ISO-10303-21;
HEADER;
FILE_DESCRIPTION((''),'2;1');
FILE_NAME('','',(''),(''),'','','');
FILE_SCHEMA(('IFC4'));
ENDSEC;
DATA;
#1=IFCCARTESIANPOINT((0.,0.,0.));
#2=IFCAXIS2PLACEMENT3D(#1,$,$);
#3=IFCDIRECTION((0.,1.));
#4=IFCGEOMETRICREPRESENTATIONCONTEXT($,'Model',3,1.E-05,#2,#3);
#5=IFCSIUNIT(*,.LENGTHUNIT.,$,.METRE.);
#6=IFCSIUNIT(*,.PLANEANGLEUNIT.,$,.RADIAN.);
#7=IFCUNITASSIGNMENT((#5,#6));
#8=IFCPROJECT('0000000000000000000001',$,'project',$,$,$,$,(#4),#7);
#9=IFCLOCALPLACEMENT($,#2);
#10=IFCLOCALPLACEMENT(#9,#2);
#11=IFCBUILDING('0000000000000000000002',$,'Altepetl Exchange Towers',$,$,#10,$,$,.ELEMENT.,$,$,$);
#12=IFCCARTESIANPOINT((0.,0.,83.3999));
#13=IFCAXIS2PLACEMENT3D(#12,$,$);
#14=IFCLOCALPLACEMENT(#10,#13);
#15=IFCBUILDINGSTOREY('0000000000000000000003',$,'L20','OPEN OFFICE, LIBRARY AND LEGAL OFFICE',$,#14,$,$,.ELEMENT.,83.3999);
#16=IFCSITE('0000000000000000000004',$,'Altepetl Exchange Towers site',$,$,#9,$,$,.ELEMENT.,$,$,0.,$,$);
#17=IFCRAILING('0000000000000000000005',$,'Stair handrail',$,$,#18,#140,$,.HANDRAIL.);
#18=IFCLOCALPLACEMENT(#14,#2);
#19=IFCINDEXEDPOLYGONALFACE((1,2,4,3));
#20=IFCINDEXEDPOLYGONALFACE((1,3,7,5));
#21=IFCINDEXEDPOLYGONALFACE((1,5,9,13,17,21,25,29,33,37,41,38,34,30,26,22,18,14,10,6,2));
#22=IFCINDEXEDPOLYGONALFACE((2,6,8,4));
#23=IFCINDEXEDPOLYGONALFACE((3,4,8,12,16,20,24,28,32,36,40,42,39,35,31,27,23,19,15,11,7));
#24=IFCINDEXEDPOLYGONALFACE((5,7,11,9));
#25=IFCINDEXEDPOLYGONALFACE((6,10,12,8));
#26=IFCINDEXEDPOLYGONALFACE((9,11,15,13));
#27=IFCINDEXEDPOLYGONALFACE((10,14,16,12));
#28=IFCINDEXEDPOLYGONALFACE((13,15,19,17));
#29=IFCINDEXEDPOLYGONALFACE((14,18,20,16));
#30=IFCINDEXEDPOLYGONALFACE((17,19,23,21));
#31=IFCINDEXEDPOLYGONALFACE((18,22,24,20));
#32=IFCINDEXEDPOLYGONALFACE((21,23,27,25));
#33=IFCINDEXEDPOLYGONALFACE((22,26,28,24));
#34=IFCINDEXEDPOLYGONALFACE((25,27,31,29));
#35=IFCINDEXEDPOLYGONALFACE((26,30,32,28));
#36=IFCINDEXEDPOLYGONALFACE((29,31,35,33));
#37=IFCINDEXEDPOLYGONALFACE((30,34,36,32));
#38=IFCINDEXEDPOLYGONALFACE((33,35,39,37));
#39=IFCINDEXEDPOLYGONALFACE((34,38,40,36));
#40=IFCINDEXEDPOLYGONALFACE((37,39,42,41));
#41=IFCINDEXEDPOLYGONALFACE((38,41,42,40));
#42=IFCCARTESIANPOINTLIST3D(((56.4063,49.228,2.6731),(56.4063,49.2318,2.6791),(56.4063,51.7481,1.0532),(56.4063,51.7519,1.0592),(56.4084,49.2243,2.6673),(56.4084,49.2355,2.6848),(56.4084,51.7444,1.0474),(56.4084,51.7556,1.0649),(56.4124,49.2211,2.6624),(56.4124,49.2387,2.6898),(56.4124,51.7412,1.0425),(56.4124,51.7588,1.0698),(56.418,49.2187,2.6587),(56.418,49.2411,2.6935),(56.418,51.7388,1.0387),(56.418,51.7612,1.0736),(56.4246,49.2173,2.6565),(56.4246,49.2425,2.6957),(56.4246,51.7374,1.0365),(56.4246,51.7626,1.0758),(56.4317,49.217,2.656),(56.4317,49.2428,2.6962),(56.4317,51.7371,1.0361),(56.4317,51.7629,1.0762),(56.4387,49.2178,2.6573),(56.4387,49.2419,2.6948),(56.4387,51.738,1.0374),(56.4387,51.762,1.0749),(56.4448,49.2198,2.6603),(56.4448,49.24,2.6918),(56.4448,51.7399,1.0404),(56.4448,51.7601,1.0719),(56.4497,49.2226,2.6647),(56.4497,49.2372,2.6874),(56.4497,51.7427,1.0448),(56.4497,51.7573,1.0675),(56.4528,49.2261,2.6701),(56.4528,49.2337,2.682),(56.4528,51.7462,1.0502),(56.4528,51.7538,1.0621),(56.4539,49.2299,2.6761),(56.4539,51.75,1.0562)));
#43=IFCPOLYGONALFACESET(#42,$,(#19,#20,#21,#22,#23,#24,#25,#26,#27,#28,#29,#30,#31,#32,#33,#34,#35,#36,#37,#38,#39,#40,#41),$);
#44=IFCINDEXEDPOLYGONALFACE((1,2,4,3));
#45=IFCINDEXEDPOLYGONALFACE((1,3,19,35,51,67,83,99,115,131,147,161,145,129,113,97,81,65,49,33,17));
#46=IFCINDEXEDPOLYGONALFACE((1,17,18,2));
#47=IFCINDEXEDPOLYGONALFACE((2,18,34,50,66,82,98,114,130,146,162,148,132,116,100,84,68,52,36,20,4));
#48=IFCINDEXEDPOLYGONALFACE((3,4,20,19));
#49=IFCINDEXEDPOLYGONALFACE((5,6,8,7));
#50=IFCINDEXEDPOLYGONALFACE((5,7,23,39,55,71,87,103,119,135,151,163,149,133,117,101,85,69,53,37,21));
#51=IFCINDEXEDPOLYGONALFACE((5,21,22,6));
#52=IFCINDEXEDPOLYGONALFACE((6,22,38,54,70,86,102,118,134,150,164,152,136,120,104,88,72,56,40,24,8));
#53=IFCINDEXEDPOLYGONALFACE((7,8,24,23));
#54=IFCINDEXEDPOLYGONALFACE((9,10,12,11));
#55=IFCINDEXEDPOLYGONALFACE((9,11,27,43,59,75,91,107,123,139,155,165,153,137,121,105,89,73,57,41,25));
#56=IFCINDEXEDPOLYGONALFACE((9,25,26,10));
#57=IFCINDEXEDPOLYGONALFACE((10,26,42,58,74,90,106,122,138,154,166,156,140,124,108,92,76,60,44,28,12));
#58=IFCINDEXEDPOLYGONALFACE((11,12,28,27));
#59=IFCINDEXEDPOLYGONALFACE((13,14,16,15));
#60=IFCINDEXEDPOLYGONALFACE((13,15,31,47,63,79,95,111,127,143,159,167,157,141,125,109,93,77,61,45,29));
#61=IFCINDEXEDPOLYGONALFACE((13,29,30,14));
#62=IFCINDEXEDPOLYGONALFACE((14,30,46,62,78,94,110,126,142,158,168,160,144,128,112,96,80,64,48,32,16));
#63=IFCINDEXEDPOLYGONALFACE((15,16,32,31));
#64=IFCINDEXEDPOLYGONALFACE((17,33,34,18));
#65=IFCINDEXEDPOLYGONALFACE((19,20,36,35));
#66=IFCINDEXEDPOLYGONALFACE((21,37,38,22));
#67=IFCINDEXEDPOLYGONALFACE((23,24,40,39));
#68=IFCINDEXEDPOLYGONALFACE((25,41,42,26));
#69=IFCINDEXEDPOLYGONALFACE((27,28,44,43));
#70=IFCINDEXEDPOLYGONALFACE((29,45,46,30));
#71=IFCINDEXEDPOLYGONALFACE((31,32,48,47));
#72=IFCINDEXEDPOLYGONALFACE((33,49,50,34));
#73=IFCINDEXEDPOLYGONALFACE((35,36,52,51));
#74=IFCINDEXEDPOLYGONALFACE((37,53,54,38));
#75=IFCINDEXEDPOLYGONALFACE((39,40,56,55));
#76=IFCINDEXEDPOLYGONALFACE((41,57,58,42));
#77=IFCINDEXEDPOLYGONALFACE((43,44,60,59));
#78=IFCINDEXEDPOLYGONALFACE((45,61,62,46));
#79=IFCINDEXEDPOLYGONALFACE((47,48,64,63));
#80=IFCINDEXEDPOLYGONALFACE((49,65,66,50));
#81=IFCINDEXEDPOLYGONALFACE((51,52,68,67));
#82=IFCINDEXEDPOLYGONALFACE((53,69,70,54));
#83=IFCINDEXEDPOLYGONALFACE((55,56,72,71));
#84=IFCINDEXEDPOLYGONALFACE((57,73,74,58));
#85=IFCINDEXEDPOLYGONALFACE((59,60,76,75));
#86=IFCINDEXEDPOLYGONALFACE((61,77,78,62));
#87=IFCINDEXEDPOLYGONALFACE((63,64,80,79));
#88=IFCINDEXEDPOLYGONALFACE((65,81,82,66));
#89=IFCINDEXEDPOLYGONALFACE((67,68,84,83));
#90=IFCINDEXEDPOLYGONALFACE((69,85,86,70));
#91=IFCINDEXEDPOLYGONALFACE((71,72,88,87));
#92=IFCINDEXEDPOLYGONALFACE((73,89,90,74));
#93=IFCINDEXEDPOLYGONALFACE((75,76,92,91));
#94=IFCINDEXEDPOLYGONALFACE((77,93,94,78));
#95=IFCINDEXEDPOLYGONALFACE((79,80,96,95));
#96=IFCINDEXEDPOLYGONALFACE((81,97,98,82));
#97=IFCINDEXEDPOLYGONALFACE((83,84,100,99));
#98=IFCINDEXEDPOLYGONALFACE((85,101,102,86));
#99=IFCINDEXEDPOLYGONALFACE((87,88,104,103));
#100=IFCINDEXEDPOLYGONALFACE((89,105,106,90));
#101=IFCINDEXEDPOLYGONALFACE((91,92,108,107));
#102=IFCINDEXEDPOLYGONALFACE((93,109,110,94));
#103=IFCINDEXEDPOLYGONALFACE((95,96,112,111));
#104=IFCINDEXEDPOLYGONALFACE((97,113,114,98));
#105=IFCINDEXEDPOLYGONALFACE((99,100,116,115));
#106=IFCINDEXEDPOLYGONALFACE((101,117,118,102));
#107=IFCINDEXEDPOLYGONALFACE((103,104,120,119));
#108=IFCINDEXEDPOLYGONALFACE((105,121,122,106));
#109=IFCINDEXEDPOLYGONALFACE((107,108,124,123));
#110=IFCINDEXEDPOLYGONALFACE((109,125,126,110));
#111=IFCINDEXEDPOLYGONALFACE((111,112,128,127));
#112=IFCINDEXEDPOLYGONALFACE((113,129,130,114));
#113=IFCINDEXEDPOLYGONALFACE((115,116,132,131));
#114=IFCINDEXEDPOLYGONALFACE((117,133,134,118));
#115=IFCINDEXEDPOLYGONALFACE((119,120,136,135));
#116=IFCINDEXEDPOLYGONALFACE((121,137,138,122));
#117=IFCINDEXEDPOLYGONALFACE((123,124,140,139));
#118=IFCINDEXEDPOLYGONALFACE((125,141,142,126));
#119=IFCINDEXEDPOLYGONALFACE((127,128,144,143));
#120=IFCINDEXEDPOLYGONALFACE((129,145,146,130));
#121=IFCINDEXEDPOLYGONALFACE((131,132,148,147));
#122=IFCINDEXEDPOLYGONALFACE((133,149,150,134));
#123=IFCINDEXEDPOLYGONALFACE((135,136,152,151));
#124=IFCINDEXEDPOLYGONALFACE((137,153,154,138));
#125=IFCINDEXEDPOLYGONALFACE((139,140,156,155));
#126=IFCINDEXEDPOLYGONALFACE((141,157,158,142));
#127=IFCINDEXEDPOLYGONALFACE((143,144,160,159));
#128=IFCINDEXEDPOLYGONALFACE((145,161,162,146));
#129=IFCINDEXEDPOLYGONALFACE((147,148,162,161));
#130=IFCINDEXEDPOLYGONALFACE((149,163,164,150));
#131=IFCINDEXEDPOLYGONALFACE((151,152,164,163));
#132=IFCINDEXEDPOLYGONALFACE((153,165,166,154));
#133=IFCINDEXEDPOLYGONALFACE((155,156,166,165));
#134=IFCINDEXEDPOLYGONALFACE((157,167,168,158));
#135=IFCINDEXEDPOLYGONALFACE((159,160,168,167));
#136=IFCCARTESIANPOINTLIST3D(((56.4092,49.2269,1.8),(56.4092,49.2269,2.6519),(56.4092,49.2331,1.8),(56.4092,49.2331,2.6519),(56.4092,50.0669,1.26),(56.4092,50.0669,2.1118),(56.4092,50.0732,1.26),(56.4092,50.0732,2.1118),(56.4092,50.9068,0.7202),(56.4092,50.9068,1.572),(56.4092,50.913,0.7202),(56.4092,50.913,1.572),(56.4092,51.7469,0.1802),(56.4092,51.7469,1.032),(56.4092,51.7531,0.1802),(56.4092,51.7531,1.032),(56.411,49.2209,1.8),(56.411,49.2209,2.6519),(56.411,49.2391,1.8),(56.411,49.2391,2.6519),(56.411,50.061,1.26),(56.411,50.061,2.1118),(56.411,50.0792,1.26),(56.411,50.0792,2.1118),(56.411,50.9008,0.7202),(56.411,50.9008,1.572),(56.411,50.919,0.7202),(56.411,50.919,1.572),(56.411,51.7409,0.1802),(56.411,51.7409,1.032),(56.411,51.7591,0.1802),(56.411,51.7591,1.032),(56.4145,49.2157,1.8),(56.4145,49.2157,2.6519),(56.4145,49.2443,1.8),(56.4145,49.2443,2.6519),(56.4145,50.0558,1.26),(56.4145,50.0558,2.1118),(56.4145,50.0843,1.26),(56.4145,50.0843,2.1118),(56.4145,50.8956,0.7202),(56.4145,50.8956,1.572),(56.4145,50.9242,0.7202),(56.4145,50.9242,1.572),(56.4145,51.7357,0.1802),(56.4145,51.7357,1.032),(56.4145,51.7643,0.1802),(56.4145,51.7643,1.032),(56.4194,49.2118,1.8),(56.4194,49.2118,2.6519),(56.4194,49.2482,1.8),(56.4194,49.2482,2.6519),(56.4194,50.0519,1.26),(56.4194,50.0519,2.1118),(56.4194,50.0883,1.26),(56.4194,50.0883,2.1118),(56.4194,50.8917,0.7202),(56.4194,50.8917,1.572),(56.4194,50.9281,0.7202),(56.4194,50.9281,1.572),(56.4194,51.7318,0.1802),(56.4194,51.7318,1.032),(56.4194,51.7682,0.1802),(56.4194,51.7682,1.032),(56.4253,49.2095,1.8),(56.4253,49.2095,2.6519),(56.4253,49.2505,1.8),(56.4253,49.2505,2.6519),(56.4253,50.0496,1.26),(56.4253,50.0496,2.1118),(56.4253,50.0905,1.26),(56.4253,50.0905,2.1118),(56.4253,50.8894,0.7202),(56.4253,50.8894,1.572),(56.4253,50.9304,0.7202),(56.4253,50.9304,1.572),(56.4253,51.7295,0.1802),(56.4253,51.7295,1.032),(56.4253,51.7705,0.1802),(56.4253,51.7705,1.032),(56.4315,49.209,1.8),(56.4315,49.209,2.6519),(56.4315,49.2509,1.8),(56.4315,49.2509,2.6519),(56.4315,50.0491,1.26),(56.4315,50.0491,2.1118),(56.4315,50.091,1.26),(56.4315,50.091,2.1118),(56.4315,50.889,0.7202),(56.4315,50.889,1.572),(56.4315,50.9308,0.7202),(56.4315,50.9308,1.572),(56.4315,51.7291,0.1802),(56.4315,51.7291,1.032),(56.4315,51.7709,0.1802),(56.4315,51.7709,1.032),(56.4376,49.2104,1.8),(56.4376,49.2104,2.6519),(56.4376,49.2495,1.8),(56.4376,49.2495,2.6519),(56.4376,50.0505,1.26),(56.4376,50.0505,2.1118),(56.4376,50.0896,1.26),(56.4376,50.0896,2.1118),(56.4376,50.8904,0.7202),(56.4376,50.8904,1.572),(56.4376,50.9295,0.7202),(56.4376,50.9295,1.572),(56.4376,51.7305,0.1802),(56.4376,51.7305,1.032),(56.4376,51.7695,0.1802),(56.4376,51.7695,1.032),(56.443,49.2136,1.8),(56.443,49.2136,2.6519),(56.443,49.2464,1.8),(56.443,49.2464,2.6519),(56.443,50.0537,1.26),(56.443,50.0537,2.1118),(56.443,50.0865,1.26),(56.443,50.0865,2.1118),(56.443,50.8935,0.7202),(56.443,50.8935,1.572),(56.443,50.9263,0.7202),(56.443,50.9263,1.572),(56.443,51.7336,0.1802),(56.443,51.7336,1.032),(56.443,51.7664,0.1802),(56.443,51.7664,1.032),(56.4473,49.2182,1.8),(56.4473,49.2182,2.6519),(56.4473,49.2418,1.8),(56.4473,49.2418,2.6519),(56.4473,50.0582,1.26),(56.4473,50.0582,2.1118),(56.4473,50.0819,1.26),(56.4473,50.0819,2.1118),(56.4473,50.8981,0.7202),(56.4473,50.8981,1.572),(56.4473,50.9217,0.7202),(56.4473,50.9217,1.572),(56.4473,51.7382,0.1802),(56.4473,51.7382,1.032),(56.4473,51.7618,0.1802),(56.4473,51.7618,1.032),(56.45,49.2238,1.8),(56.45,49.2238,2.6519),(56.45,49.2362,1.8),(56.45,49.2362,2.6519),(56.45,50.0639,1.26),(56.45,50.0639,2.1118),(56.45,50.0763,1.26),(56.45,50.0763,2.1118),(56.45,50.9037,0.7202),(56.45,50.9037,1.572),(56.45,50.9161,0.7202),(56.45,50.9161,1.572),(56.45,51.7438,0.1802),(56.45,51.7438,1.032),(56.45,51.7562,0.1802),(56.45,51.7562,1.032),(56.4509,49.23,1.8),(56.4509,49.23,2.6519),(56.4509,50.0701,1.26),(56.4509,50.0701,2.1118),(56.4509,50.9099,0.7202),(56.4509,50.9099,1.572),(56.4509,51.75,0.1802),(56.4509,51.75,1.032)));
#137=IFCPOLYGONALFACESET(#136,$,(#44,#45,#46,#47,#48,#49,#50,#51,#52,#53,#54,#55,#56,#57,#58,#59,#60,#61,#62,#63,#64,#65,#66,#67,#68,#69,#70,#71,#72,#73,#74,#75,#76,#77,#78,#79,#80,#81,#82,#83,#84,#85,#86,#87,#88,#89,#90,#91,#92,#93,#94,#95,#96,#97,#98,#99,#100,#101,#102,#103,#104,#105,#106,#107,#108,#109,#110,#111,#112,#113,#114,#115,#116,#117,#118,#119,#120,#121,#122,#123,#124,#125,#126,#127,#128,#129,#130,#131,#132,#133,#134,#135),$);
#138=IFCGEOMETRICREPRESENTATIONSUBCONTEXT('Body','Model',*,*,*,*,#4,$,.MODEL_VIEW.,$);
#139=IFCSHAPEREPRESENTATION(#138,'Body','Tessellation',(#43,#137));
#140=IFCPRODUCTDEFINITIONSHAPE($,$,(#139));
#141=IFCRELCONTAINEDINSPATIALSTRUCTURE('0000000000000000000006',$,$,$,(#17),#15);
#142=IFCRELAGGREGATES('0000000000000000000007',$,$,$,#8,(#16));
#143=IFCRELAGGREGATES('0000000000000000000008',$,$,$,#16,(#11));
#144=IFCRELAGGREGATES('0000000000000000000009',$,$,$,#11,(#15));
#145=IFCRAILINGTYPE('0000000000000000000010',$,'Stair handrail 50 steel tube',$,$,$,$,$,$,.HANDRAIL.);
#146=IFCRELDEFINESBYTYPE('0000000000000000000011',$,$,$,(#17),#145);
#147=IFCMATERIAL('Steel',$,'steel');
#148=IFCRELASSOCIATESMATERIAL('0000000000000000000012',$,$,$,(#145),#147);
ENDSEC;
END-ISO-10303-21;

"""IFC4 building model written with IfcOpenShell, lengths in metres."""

from ifc_helpers import new_model, si_unit, direction, frame, origin, origin_2d, place, context, subcontext, project, spatial, circle, extrude, source, transform, mapped, material, type_object, element, save


model = new_model("IFC4")

# Units and contexts
model_context = context("Model", 3, precision=1e-05, world=origin(), true_north=direction((0.0, 1.0)))
body_context = subcontext(model_context, "Body", "Model", "MODEL_VIEW")
ifc_project = project(units=[si_unit("LENGTHUNIT", "METRE"), si_unit("PLANEANGLEUNIT", "RADIAN")], contexts=[model_context])

# Site, building, storey
site_placement = place(None, origin())
site = spatial("IfcSite", under=ifc_project, at=site_placement, Name="Altepetl Exchange Towers site", CompositionType="ELEMENT", RefElevation=0.0)
building_placement = place(site_placement, origin())
building = spatial("IfcBuilding", under=site, at=building_placement, Name="Altepetl Exchange Towers", CompositionType="ELEMENT")
storey_placement = place(building_placement, frame((0.0, 0.0, 83.3999)))
storey = spatial("IfcBuildingStorey", under=building, at=storey_placement, Name="L20", Description="OPEN OFFICE, LIBRARY AND LEGAL OFFICE", CompositionType="ELEMENT", Elevation=83.3999)

# Railing
ifc_material_1 = material(Name="Steel", Category="steel")
railing_type = type_object("IfcRailingType", Name="Stair handrail 50 steel tube", PredefinedType="HANDRAIL", material=ifc_material_1)
shared_shape = source(origin(), body_context, "Body", "SweptSolid", [
    extrude(circle(Radius=0.021, at=origin_2d()), origin(), (0.0, 0.0, 1.0), 0.8518),
])
railing_1_placement = place(storey_placement, frame((56.4299, 51.75, 0.1802)))
element("IfcRailing", 1, at=railing_1_placement, inside=storey, type_object=railing_type, Name="Stair handrail", PredefinedType="HANDRAIL", context=body_context, shape_type="SweptSolid", body=[
    extrude(circle(Radius=0.0239, at=origin_2d()), frame((0.0, 0.0, 0.876), z_axis=(0.0, -0.8412, 0.540725), x_axis=(1.0, 0.0, 0.0)), (0.0, 0.0, 1.0), 2.9958),
    mapped(shared_shape, transform((0.0, 0.0, 0.0))),
    mapped(shared_shape, transform((0.0, -0.8401, 0.54))),
    mapped(shared_shape, transform((0.0, -1.6799, 1.0798))),
    mapped(shared_shape, transform((0.0, -2.52, 1.6199))),
])

save(model, "model.ifc")
